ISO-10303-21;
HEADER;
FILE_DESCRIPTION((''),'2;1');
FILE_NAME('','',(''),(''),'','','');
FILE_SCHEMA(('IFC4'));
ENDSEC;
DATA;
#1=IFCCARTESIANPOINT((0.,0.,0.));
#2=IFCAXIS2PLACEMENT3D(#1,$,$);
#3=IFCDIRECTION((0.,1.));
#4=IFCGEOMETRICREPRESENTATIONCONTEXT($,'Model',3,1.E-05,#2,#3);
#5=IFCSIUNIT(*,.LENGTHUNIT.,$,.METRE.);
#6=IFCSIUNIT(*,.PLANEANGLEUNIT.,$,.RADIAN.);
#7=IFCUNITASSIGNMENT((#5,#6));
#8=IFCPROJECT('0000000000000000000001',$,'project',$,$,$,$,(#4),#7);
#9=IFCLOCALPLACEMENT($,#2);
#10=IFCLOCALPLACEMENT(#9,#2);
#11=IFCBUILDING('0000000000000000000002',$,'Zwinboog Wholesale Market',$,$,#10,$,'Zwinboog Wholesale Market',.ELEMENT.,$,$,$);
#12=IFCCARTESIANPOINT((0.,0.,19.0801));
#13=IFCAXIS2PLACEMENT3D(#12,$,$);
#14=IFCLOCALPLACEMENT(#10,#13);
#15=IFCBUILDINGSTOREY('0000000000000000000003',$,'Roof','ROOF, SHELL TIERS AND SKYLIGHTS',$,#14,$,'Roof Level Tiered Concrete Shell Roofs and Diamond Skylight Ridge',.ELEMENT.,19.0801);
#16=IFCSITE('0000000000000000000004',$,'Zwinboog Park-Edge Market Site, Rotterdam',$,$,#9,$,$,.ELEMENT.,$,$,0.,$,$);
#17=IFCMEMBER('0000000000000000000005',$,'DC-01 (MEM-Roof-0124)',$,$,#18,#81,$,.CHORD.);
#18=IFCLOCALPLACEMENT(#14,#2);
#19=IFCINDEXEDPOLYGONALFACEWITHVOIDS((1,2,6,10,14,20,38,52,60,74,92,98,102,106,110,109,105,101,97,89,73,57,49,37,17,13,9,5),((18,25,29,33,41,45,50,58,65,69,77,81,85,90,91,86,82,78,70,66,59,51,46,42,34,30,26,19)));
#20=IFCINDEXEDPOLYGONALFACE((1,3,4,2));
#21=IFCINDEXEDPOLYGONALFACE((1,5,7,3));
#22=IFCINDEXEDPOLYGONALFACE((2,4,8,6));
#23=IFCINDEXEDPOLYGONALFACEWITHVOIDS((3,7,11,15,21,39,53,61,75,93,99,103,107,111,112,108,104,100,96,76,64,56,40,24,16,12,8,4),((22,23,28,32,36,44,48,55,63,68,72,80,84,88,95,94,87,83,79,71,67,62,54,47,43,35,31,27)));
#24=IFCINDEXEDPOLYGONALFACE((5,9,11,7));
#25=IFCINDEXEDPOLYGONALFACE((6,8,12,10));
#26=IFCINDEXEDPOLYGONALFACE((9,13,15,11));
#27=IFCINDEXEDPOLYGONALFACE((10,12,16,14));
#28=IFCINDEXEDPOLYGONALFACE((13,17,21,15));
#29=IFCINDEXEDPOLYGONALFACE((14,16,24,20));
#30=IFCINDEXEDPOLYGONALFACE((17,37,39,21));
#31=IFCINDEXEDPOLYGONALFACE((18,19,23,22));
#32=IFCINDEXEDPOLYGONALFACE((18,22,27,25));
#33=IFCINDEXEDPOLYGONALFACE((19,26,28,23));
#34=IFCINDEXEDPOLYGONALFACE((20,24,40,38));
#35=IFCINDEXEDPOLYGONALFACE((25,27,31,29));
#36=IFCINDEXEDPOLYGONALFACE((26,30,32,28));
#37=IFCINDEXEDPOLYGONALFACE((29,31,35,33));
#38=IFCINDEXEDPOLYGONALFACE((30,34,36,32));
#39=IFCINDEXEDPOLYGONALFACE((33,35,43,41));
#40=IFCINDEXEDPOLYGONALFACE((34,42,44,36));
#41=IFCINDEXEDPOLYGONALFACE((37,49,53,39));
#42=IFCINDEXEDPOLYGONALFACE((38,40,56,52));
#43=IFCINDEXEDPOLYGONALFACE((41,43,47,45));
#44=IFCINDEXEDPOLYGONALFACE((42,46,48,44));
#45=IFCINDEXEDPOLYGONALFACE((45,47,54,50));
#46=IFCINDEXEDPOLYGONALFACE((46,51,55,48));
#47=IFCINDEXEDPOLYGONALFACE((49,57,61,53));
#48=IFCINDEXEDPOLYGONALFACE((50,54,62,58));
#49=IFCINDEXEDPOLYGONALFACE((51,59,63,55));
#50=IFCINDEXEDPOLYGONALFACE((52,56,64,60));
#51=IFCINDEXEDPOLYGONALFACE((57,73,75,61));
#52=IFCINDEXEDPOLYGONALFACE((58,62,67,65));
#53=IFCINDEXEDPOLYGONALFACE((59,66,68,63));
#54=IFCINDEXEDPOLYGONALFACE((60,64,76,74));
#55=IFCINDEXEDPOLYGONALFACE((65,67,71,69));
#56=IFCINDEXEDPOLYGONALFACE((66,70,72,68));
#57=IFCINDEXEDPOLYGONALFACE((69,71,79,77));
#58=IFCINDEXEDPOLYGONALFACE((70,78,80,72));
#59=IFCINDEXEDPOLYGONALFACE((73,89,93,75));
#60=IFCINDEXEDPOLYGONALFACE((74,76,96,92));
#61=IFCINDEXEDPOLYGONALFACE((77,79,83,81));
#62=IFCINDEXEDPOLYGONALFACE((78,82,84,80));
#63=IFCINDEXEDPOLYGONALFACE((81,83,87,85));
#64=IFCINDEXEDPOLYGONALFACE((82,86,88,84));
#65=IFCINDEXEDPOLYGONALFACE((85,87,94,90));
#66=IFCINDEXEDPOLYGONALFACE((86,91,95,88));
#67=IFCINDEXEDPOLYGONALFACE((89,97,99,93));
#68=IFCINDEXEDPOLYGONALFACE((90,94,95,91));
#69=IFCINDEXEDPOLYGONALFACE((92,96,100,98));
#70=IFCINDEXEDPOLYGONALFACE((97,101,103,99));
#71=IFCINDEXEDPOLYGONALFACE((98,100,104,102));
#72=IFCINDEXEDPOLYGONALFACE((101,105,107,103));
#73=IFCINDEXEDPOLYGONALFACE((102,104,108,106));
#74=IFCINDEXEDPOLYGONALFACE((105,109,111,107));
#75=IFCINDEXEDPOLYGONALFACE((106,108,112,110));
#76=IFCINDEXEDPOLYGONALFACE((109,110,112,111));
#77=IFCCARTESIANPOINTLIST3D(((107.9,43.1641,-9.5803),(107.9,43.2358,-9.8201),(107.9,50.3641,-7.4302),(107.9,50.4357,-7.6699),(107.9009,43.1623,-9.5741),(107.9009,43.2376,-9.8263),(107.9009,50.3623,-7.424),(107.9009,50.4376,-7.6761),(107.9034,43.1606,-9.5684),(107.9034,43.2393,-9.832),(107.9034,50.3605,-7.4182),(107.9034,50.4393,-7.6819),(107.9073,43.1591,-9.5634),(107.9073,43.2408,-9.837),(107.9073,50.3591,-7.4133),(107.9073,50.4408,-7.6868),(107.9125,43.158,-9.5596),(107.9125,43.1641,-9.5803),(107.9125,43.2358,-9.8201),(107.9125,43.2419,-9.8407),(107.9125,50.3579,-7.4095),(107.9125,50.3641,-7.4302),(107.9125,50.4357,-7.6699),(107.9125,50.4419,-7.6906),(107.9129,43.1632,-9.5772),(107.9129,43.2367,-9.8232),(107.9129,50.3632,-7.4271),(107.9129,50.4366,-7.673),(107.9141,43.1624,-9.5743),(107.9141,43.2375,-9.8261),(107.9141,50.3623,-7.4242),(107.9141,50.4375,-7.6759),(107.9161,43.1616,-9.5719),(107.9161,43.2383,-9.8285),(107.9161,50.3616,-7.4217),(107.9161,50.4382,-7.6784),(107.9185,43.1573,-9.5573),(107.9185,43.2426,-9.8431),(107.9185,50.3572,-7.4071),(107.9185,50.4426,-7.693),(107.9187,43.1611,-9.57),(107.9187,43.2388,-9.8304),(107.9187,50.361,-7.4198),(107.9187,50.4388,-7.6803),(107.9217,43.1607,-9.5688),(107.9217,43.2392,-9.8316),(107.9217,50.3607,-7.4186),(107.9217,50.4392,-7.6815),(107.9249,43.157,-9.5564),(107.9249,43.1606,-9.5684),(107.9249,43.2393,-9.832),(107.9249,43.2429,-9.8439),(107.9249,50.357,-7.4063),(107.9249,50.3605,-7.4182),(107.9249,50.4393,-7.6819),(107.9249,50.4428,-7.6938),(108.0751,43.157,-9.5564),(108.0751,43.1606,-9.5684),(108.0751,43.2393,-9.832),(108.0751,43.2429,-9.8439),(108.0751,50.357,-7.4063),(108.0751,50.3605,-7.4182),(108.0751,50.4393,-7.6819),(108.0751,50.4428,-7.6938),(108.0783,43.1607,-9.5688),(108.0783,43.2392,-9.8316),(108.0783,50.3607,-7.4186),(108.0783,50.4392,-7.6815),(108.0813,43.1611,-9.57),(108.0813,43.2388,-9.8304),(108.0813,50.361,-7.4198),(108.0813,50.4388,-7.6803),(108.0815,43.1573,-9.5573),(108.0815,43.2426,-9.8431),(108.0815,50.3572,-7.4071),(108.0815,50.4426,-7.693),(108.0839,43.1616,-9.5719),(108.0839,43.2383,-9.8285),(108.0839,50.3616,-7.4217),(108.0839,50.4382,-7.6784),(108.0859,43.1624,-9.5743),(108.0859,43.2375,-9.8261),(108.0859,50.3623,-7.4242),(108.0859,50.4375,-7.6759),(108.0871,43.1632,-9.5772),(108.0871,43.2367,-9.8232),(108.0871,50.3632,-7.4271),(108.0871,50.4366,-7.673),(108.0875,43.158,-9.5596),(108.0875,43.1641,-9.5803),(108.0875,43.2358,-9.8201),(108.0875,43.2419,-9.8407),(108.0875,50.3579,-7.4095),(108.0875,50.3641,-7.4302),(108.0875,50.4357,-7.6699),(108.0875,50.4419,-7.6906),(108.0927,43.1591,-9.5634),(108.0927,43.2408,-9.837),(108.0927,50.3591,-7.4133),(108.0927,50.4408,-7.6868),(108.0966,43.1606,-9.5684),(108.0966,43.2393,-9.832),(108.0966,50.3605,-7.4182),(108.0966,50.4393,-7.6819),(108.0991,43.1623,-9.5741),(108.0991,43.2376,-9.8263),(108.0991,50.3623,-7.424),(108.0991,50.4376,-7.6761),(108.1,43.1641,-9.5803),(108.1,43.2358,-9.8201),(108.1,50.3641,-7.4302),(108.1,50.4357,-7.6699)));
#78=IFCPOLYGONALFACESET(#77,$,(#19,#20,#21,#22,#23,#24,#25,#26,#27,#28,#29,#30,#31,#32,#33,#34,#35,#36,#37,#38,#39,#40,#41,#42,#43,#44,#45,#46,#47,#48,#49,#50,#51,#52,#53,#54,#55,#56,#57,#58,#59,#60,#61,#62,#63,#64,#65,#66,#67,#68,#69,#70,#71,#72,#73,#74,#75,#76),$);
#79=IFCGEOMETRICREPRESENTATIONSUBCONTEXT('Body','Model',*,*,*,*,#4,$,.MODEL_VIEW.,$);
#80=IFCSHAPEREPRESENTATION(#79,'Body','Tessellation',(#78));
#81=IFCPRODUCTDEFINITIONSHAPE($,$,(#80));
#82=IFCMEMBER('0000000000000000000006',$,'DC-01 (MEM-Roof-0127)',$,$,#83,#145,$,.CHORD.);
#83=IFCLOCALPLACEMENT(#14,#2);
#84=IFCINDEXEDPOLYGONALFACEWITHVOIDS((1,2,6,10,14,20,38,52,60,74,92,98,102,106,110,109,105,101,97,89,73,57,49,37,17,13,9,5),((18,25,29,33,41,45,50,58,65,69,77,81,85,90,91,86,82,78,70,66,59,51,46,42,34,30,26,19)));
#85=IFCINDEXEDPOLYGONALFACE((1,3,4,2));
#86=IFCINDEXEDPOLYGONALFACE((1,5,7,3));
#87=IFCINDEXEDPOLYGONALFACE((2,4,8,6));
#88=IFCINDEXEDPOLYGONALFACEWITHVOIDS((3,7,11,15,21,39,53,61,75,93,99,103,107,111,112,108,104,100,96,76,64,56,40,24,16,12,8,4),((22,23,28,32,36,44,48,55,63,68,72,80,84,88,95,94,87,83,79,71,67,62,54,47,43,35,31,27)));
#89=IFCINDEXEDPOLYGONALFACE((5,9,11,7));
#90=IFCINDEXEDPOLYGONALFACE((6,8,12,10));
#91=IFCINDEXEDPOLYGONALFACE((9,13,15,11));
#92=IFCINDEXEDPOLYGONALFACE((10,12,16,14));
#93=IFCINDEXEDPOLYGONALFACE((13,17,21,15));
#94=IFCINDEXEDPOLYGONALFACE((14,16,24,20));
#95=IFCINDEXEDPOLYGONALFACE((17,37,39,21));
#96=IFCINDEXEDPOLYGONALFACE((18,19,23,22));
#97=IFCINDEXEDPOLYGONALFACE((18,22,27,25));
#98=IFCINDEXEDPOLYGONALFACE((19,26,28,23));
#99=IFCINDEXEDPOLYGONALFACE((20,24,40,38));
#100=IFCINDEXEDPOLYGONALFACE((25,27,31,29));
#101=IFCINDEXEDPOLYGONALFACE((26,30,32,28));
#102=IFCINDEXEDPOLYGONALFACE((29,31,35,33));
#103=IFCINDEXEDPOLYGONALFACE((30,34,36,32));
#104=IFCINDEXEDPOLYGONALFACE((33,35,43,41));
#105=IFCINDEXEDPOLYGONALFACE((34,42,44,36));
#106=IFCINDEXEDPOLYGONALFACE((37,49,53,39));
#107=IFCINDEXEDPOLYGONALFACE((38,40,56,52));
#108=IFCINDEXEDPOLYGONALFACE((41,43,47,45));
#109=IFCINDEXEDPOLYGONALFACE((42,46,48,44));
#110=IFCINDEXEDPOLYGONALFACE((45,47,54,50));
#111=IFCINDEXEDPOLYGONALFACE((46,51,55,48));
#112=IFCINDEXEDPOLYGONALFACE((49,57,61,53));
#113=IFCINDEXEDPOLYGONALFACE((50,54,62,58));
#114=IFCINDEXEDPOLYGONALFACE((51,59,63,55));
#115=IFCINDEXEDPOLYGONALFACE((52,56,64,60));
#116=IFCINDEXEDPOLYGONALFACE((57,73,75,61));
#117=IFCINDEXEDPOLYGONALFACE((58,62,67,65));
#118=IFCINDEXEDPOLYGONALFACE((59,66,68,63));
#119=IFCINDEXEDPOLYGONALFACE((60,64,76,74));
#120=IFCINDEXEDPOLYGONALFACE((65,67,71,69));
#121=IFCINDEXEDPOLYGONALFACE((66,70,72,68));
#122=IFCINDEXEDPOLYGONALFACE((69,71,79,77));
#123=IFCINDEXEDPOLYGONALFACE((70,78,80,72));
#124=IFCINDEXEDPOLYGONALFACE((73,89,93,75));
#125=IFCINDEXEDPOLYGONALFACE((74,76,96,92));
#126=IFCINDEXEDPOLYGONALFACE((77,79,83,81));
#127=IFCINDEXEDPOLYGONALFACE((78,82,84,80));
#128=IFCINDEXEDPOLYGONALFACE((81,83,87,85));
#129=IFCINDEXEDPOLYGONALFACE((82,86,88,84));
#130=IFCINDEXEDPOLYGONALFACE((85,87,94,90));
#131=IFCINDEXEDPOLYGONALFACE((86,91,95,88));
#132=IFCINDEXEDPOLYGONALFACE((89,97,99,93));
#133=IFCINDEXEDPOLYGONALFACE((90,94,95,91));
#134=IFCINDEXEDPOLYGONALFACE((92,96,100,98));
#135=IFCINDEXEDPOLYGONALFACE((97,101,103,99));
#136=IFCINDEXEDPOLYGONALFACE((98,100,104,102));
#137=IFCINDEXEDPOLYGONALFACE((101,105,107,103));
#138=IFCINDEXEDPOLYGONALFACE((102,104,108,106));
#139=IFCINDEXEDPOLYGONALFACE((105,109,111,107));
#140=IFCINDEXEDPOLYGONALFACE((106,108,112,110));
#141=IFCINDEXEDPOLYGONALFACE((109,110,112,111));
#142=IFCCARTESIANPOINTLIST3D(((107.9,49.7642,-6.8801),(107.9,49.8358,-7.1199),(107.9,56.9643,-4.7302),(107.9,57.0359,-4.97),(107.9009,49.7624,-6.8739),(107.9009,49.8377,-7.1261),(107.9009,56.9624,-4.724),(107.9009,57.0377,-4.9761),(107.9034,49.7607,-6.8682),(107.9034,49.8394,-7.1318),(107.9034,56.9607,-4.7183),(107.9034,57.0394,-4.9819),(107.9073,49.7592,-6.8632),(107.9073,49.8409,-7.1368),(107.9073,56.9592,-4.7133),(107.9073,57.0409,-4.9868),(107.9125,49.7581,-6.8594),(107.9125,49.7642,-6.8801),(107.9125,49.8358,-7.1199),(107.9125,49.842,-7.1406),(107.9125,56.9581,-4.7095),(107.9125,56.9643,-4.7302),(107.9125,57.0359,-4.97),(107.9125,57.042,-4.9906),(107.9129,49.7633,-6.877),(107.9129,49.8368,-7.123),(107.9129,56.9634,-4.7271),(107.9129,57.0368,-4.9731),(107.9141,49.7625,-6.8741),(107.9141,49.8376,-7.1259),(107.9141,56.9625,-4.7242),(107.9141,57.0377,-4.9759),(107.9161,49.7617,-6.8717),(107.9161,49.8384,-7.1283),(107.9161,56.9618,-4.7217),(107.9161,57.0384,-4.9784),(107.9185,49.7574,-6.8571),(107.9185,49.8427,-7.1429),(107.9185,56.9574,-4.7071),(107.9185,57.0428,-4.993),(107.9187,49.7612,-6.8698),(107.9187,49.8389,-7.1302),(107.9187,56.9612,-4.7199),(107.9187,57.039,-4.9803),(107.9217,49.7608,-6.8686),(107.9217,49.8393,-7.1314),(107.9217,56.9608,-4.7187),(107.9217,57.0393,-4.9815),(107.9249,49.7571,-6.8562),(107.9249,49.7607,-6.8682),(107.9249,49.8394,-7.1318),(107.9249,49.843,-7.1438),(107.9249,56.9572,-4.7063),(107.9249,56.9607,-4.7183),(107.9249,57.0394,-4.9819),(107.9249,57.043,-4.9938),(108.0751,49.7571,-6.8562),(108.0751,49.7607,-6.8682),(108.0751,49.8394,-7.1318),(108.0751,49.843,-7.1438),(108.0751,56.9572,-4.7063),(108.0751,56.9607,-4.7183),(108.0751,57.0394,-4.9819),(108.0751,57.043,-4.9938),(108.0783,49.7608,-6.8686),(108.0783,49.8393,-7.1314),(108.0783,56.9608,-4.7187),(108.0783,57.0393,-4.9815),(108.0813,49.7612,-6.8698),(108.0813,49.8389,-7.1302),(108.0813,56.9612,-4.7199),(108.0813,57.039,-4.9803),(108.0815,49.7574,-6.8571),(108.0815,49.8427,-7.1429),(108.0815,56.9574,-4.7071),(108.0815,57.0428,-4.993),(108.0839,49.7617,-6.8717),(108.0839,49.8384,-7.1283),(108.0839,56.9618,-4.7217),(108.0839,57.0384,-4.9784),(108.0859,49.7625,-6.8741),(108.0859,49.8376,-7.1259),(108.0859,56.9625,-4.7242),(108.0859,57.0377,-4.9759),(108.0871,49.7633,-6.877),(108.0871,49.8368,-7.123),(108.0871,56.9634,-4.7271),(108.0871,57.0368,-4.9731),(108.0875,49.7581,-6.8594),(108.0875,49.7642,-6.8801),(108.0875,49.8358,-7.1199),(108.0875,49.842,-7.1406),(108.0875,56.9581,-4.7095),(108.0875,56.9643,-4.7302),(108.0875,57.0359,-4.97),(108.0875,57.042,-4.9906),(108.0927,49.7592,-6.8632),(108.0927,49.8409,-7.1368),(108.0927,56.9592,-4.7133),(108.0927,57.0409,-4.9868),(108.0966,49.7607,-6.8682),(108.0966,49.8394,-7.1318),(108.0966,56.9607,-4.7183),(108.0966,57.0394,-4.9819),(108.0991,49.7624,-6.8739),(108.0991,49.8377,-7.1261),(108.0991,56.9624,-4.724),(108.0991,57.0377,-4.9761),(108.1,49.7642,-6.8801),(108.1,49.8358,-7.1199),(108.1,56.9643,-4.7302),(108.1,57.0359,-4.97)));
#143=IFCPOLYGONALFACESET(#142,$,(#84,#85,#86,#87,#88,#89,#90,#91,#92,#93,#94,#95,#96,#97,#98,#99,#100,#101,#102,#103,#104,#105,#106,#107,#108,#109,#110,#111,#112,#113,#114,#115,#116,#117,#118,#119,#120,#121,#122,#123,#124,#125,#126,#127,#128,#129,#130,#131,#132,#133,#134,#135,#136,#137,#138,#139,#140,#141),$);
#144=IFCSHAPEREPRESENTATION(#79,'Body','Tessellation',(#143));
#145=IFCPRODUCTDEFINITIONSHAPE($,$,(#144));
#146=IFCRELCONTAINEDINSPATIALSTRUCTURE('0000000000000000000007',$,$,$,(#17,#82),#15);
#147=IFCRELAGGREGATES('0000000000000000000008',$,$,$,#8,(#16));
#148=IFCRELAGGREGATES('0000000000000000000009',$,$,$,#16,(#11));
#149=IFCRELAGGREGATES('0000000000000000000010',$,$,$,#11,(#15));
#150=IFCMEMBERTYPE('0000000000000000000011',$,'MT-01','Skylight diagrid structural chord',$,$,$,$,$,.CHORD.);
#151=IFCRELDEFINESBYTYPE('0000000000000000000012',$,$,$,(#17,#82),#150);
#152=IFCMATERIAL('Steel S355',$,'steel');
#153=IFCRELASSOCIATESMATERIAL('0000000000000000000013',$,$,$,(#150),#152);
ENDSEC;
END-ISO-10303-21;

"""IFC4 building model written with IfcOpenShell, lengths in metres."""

from ifc_helpers import new_model, si_unit, direction, frame, origin, origin_2d, place, context, subcontext, project, spatial, hollow_rectangle, extrude, material, material_profile, profile_set, type_object, element, save


model = new_model("IFC4")

# Units and contexts
model_context = context("Model", 3, precision=1e-05, world=origin(), true_north=direction((0.0, 1.0)))
body_context = subcontext(model_context, "Body", "Model", "MODEL_VIEW")
ifc_project = project(units=[si_unit("LENGTHUNIT", "METRE"), si_unit("PLANEANGLEUNIT", "RADIAN")], contexts=[model_context])

# Site, building, storey
site_placement = place(None, origin())
site = spatial("IfcSite", under=ifc_project, at=site_placement, Name="Zwinboog Park-Edge Market Site, Rotterdam", CompositionType="ELEMENT", RefElevation=0.0)
building_placement = place(site_placement, origin())
building = spatial("IfcBuilding", under=site, at=building_placement, Name="Zwinboog Wholesale Market", LongName="Zwinboog Wholesale Market", CompositionType="ELEMENT")
storey_placement = place(building_placement, frame((0.0, 0.0, 19.0801)))
storey = spatial("IfcBuildingStorey", under=building, at=storey_placement, Name="Roof", Description="ROOF, SHELL TIERS AND SKYLIGHTS", LongName="Roof Level Tiered Concrete Shell Roofs and Diamond Skylight Ridge", CompositionType="ELEMENT", Elevation=19.0801)

# Members
ifc_material_1 = material(Name="Steel S355", Category="steel")
ifc_material_profile_1 = material_profile(ifc_material_1, hollow_rectangle(XDim=0.2, YDim=0.3, WallThickness=0.0125, InnerFilletRadius=0.0125, OuterFilletRadius=0.0249, at=origin_2d()), Name="RHS 300x200x12.5")
ifc_profile_set_1 = profile_set([ifc_material_profile_1], Name="Steel S355")
member_type_1 = type_object("IfcMemberType", Name="MT-01", Description="Skylight diagrid structural chord", PredefinedType="CHORD", material=ifc_profile_set_1)
for number, where, z_axis, x_axis, name in (
    (1, (108.0, 43.2, -9.7002), (0.0, 0.958186, 0.286146), (-1.0, 0.0, 0.0), "DC-01 (MEM-Roof-0124)"),
    (2, (108.0, 49.8, -7.0), (0.0, 0.958195, 0.286117), (-1.0, 0.0, 0.0), "DC-01 (MEM-Roof-0127)"),
):
    element("IfcMember", number, at=place(storey_placement, frame(where, z_axis=z_axis, x_axis=x_axis)), inside=storey, type_object=member_type_1, Name=name, PredefinedType="CHORD", context=body_context, shape_type="SweptSolid", body=[
        extrude(hollow_rectangle(XDim=0.2, YDim=0.3, WallThickness=0.0125, InnerFilletRadius=0.0125, OuterFilletRadius=0.0249, at=origin_2d()), origin(), (0.0, 0.0, 1.0), 7.5142),
    ])

save(model, "model.ifc")
